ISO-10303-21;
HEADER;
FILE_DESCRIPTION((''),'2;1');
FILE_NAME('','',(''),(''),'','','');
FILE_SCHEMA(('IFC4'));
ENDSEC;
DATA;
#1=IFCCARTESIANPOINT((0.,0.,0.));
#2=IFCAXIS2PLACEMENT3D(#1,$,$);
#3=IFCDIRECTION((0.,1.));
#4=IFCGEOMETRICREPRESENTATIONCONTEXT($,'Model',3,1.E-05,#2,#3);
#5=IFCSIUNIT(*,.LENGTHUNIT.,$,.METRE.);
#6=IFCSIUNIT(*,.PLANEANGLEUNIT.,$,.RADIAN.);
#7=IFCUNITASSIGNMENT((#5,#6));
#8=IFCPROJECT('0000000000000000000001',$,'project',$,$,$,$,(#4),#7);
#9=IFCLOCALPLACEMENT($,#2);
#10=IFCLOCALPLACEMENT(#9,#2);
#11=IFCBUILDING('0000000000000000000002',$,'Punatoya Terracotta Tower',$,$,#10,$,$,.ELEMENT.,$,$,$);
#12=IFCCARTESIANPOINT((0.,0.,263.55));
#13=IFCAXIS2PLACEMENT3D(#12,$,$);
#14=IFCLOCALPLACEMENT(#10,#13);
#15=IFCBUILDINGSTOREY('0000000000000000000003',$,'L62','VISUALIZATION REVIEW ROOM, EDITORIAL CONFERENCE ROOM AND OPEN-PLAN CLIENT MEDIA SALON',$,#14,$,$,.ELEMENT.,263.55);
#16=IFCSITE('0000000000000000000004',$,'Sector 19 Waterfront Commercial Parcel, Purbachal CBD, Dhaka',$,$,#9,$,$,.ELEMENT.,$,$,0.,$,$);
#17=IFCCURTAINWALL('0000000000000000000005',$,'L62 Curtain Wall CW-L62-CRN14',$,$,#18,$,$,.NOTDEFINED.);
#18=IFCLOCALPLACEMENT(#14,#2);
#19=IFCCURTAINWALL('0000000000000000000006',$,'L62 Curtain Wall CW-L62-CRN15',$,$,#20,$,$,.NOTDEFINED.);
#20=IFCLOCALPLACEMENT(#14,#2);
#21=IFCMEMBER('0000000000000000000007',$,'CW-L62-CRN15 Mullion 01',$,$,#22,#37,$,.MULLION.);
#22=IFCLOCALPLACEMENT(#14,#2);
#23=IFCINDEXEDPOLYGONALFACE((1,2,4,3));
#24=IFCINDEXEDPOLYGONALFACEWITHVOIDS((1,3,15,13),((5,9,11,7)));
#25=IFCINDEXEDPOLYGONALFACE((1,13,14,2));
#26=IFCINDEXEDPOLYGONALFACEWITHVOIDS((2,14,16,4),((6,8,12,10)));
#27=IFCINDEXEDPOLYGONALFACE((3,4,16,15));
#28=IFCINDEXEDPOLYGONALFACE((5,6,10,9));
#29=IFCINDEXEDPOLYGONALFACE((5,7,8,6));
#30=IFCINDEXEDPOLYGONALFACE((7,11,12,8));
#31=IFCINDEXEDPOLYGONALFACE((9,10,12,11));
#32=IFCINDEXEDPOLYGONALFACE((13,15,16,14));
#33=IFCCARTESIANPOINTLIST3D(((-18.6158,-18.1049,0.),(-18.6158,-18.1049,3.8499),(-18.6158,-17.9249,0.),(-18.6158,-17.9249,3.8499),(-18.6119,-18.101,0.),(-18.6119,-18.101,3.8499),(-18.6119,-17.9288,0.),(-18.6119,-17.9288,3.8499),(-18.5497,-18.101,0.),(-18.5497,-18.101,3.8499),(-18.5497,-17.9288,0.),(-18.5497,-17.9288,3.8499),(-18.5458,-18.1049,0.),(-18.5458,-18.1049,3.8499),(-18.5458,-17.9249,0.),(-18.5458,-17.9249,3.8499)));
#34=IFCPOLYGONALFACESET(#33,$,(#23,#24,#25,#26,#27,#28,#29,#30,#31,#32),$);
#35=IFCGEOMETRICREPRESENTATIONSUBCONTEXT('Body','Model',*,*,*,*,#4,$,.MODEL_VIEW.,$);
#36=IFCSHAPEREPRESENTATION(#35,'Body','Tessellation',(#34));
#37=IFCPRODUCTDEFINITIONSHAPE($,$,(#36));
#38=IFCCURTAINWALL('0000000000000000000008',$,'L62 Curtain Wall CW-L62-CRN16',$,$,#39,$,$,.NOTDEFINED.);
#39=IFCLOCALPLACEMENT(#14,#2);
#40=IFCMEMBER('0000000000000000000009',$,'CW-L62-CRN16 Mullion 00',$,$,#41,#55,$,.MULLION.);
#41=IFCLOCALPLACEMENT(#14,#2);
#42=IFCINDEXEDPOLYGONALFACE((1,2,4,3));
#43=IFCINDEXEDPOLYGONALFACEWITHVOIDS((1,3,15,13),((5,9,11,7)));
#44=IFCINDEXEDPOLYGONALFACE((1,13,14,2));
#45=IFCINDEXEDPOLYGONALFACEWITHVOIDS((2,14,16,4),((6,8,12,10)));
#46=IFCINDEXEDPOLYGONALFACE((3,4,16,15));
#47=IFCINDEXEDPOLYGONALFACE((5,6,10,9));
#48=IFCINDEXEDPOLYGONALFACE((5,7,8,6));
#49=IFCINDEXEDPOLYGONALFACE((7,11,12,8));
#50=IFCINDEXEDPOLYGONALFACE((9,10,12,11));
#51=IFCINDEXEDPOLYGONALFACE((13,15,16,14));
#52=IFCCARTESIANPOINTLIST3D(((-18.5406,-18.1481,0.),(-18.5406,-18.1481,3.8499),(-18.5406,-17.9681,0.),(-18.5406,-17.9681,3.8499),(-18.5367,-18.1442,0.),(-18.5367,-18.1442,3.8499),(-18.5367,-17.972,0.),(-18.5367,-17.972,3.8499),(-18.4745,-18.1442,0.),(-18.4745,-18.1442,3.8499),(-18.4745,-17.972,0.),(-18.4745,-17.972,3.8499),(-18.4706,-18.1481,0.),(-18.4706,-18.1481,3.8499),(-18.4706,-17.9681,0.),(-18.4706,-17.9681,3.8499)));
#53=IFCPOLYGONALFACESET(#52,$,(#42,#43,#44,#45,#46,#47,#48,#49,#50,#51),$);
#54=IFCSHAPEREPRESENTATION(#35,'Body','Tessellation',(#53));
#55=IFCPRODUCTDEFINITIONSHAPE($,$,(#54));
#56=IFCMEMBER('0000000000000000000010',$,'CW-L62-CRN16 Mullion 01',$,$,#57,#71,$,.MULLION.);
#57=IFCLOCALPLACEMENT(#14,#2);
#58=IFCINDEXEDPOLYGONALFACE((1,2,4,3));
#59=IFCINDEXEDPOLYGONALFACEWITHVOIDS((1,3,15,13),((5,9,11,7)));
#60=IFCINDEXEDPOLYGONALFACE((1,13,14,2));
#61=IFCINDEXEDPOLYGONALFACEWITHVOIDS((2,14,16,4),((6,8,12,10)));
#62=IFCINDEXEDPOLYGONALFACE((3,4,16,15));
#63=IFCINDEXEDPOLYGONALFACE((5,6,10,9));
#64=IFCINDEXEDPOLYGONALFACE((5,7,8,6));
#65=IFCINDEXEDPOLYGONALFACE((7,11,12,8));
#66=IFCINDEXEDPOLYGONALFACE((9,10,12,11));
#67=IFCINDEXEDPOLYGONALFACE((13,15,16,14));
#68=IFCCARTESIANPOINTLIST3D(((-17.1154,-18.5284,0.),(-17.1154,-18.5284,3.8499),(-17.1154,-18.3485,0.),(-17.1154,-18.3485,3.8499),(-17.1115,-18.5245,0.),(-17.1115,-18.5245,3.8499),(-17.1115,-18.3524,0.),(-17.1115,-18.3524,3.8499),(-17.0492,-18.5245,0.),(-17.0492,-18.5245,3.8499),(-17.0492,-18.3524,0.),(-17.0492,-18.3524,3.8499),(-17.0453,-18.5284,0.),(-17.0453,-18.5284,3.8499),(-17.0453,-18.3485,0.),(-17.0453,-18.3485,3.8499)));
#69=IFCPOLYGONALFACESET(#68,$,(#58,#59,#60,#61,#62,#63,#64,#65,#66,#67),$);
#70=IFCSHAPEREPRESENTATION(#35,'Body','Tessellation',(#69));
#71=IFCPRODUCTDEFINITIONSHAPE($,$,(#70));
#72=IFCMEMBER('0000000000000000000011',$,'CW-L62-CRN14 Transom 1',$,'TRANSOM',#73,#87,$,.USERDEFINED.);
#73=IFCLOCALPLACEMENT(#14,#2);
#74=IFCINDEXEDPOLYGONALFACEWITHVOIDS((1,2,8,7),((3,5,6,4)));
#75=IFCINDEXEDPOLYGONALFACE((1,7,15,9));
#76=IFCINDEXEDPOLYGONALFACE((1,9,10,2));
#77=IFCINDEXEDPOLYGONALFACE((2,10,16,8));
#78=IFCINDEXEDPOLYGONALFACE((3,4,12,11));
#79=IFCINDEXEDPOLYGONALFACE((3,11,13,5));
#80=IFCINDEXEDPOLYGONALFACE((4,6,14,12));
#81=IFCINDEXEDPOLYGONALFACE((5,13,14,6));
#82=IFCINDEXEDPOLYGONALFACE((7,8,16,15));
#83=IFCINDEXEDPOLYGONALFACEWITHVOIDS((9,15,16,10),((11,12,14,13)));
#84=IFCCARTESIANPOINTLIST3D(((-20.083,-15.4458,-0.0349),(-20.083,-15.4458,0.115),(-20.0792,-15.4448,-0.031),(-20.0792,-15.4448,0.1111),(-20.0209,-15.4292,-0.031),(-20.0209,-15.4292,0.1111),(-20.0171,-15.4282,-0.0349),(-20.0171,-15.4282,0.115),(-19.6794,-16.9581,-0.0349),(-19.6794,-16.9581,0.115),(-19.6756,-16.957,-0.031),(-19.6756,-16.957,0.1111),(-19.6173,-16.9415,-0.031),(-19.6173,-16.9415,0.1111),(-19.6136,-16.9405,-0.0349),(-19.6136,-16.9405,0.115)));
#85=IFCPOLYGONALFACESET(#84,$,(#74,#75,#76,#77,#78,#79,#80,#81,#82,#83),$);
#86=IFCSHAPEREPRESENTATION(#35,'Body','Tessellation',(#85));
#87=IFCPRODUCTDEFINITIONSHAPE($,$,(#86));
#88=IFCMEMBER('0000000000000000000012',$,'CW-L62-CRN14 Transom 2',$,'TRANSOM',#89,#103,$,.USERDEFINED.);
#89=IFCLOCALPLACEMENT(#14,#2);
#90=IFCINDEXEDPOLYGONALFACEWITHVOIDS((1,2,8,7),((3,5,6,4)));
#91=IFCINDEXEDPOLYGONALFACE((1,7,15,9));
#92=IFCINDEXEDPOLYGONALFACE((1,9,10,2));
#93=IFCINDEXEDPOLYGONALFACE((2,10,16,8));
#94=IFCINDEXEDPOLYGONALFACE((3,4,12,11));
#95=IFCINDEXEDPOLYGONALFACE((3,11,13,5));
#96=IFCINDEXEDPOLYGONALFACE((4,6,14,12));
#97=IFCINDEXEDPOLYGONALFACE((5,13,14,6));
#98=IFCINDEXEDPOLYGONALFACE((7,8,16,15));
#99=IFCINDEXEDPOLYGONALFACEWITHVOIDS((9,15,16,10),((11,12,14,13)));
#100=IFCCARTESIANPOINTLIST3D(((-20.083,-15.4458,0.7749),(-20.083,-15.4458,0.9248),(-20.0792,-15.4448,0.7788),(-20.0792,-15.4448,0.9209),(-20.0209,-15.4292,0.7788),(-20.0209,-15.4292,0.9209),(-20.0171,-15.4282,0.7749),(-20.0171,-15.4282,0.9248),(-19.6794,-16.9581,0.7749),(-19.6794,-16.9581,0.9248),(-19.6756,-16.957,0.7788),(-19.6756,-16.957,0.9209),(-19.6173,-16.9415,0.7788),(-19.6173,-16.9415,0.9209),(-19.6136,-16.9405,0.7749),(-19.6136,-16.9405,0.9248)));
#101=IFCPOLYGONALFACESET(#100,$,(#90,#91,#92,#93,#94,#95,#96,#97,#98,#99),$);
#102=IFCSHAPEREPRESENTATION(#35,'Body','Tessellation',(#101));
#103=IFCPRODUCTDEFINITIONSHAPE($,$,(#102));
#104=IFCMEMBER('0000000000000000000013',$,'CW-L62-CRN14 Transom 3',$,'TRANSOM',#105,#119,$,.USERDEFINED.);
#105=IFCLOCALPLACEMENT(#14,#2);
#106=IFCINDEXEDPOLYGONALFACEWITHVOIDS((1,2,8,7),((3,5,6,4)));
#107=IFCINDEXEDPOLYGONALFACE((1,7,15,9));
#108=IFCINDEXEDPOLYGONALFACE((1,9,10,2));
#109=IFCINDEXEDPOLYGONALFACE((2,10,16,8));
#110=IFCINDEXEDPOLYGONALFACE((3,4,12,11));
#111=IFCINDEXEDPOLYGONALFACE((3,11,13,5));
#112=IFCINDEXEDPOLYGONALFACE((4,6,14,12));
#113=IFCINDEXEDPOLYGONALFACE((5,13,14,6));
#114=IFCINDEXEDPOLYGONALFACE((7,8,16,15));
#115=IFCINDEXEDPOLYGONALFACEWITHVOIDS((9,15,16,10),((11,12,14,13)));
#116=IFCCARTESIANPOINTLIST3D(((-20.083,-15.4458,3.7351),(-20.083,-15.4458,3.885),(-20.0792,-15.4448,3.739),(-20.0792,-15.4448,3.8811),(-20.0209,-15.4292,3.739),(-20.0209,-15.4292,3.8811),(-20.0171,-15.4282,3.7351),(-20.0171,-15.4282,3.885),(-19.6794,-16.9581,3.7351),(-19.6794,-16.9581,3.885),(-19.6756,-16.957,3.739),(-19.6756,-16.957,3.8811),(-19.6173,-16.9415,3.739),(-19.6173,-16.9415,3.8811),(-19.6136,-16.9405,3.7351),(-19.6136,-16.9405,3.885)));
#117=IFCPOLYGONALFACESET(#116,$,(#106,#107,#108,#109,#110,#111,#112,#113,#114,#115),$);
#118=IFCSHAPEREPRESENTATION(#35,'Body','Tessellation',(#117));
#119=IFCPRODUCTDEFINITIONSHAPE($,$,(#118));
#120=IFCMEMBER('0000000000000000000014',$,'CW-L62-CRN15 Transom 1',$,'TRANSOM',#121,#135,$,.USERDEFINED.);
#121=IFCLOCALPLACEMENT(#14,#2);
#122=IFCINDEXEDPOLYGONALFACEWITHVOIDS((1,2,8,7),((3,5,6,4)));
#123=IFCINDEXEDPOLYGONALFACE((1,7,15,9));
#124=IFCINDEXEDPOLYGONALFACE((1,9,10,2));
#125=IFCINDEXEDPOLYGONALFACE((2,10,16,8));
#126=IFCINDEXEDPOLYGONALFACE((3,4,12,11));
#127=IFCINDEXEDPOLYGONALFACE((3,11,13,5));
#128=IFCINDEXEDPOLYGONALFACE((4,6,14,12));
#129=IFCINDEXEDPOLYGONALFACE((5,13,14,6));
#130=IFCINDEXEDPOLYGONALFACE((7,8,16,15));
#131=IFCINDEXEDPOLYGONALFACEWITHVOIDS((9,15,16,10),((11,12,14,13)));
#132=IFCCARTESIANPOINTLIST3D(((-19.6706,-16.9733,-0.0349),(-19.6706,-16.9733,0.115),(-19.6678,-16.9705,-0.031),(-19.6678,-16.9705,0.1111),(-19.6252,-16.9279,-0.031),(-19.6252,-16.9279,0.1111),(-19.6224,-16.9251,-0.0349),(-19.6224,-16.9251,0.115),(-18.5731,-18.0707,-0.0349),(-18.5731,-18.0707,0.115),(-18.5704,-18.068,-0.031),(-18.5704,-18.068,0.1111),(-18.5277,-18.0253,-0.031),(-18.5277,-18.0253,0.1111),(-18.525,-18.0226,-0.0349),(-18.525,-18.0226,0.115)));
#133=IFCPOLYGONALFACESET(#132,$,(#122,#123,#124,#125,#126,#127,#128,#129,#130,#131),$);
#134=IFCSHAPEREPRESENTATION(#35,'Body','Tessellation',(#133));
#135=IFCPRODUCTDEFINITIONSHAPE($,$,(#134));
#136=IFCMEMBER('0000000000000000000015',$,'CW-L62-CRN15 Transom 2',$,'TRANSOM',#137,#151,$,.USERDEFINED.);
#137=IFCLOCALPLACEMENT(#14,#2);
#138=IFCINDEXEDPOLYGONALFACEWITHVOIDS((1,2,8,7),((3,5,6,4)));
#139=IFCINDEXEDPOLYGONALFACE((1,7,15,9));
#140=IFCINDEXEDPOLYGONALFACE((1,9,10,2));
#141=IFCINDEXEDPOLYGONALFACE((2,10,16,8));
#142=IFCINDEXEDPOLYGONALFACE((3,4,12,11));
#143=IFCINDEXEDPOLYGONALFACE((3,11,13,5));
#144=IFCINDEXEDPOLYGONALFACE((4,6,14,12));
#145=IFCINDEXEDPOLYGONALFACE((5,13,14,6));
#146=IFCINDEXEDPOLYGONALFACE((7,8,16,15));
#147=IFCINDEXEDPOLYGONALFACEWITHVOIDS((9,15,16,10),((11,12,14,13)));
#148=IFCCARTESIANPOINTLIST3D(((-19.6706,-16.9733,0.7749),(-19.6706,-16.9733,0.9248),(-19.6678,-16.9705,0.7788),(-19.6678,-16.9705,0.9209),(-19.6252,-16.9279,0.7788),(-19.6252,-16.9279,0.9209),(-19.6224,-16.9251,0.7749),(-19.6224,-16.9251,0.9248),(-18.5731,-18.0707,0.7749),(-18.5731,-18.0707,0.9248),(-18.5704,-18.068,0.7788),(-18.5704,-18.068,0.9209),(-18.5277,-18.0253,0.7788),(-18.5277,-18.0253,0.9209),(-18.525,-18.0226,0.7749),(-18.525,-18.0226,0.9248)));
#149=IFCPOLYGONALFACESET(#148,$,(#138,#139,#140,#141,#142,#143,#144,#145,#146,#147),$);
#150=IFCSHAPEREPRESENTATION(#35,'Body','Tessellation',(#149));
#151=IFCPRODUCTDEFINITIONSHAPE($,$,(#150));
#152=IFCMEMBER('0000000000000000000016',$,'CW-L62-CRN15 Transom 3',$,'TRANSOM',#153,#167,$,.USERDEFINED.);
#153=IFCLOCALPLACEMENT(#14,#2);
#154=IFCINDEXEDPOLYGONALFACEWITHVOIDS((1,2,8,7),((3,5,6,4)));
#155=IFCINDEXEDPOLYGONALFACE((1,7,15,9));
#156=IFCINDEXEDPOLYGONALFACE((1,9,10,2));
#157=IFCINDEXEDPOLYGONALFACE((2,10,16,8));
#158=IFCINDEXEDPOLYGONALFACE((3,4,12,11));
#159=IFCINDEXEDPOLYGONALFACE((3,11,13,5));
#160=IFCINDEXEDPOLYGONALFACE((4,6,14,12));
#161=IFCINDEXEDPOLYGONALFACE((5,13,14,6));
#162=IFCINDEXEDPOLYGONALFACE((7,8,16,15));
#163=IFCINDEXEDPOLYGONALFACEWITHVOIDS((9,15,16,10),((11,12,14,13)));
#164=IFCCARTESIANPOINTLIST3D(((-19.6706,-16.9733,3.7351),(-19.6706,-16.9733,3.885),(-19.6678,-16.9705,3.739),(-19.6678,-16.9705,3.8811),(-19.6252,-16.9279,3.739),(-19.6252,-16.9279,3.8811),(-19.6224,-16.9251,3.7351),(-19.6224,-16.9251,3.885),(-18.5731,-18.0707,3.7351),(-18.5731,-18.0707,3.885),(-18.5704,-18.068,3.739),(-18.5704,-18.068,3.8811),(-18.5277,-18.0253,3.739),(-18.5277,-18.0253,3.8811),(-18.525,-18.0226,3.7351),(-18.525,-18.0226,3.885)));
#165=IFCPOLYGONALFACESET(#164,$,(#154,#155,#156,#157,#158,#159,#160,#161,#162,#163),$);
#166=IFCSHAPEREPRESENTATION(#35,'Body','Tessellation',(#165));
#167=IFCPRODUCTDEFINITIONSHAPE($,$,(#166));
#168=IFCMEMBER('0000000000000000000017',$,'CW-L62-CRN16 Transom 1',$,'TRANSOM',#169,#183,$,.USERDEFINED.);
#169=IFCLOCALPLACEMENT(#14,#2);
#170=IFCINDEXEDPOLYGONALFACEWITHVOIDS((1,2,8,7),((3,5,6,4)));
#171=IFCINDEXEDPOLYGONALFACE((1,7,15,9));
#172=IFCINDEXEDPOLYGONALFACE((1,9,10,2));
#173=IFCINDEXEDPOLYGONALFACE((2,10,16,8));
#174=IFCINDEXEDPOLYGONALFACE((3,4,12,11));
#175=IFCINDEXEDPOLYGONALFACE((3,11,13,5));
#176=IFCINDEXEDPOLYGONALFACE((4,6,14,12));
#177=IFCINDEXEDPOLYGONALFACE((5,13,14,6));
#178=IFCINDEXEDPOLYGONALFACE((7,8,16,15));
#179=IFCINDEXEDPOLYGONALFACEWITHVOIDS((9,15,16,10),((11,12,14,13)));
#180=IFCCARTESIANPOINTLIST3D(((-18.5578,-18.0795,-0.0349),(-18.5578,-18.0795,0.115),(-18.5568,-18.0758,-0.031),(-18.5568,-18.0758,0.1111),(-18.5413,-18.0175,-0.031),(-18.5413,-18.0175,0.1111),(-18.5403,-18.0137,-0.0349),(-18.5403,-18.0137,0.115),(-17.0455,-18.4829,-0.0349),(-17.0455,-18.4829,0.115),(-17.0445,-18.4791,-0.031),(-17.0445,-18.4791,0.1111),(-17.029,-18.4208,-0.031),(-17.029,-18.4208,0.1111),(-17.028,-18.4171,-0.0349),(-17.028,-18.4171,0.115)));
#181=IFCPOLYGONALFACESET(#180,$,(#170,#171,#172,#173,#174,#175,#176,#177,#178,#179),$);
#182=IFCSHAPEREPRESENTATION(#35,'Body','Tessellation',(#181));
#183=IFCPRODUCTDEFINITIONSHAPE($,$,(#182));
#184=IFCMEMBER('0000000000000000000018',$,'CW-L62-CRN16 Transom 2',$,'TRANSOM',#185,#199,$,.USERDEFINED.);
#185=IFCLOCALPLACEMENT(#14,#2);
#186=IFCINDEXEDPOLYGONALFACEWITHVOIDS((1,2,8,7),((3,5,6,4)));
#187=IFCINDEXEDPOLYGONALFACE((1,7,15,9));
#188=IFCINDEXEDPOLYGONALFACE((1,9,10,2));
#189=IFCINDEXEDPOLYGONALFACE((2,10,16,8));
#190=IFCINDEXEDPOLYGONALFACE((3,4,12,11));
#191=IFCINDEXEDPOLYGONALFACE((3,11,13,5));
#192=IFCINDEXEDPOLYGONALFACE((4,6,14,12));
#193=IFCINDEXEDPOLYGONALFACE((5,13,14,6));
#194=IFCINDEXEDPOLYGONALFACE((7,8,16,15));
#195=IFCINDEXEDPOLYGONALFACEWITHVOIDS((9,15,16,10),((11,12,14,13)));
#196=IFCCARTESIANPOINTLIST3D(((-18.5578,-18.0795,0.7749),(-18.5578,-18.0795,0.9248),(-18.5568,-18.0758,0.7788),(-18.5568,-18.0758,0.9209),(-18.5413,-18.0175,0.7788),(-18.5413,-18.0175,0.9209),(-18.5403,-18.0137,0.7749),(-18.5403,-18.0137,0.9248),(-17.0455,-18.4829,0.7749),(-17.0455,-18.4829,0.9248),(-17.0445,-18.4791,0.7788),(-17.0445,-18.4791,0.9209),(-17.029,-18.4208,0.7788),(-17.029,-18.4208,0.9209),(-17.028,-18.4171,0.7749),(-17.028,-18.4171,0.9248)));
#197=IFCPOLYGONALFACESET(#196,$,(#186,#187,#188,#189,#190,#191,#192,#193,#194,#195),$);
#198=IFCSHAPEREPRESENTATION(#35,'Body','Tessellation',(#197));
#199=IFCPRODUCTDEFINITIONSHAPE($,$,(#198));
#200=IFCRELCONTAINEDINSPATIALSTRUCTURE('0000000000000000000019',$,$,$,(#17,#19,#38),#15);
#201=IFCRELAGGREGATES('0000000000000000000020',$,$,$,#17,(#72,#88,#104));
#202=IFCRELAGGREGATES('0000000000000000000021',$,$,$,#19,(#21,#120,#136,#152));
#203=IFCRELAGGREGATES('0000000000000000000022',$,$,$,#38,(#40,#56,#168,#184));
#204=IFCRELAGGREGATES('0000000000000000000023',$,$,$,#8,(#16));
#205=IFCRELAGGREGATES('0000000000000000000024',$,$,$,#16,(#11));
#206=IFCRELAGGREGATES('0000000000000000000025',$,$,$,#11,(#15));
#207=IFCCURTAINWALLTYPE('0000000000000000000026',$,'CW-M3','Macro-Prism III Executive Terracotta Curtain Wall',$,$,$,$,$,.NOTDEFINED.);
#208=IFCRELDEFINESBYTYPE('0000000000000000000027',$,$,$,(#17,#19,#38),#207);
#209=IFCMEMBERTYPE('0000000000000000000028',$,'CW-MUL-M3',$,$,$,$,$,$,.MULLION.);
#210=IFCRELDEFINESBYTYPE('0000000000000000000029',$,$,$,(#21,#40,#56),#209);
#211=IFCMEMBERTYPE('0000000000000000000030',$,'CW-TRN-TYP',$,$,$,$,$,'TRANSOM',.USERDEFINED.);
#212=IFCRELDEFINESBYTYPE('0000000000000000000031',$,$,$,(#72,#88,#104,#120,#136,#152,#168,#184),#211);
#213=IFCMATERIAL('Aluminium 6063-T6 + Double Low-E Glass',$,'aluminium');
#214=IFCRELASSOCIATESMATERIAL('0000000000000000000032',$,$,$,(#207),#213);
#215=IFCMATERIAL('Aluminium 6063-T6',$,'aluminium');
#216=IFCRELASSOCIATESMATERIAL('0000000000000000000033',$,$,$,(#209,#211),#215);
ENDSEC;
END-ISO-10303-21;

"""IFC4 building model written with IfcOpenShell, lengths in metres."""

from ifc_helpers import new_model, si_unit, direction, frame, origin, origin_2d, place, context, subcontext, project, spatial, hollow_rectangle, extrude, material, material_profile, profile_set, type_object, element, aggregate, save


model = new_model("IFC4")

# Units and contexts
model_context = context("Model", 3, precision=1e-05, world=origin(), true_north=direction((0.0, 1.0)))
body_context = subcontext(model_context, "Body", "Model", "MODEL_VIEW")
ifc_project = project(units=[si_unit("LENGTHUNIT", "METRE"), si_unit("PLANEANGLEUNIT", "RADIAN")], contexts=[model_context])

# Site, building, storey
site_placement = place(None, origin())
site = spatial("IfcSite", under=ifc_project, at=site_placement, Name="Sector 19 Waterfront Commercial Parcel, Purbachal CBD, Dhaka", CompositionType="ELEMENT", RefElevation=0.0)
building_placement = place(site_placement, origin())
building = spatial("IfcBuilding", under=site, at=building_placement, Name="Punatoya Terracotta Tower", CompositionType="ELEMENT")
storey_placement = place(building_placement, frame((0.0, 0.0, 263.55)))
storey = spatial("IfcBuildingStorey", under=building, at=storey_placement, Name="L62", Description="VISUALIZATION REVIEW ROOM, EDITORIAL CONFERENCE ROOM AND OPEN-PLAN CLIENT MEDIA SALON", CompositionType="ELEMENT", Elevation=263.55)

# Shared definitions
ifc_material_1 = material(Name="Aluminium 6063-T6 + Double Low-E Glass", Category="aluminium")
curtain_wall_type = type_object("IfcCurtainWallType", Name="CW-M3", Description="Macro-Prism III Executive Terracotta Curtain Wall", PredefinedType="NOTDEFINED", material=ifc_material_1)
ifc_material_2 = material(Name="Aluminium 6063-T6", Category="aluminium")
ifc_material_profile_1 = material_profile(ifc_material_2, hollow_rectangle(XDim=0.0701, YDim=0.1799, WallThickness=0.0039, at=origin_2d()))
ifc_profile_set_1 = profile_set([ifc_material_profile_1], Name="Aluminium 6063-T6")
member_type_1 = type_object("IfcMemberType", Name="CW-MUL-M3", PredefinedType="MULLION", material=ifc_profile_set_1)

# Curtain walls, members
curtain_wall_1_placement = place(storey_placement, origin())
curtain_wall_1 = element("IfcCurtainWall", 1, at=curtain_wall_1_placement, inside=storey, type_object=curtain_wall_type, Name="L62 Curtain Wall CW-L62-CRN14", PredefinedType="NOTDEFINED")
curtain_wall_2_placement = place(storey_placement, origin())
curtain_wall_2 = element("IfcCurtainWall", 2, at=curtain_wall_2_placement, inside=storey, type_object=curtain_wall_type, Name="L62 Curtain Wall CW-L62-CRN15", PredefinedType="NOTDEFINED")
member_1_placement = place(storey_placement, frame((-18.5808, -18.0149, 0.0), z_axis=(0.0, 0.0, 1.0), x_axis=(1.0, 0.0, 0.0)))
member_1 = element("IfcMember", 3, at=member_1_placement, type_object=member_type_1, Name="CW-L62-CRN15 Mullion 01", PredefinedType="MULLION", context=body_context, shape_type="SweptSolid", body=[
    extrude(hollow_rectangle(XDim=0.0701, YDim=0.1799, WallThickness=0.0039, at=origin_2d()), origin(), (0.0, 0.0, 1.0), 3.8499),
])
curtain_wall_3_placement = place(storey_placement, origin())
curtain_wall_3 = element("IfcCurtainWall", 4, at=curtain_wall_3_placement, inside=storey, type_object=curtain_wall_type, Name="L62 Curtain Wall CW-L62-CRN16", PredefinedType="NOTDEFINED")
member_2_placement = place(storey_placement, frame((-18.5056, -18.0581, 0.0), z_axis=(0.0, 0.0, 1.0), x_axis=(1.0, 0.0, 0.0)))
member_2 = element("IfcMember", 5, at=member_2_placement, type_object=member_type_1, Name="CW-L62-CRN16 Mullion 00", PredefinedType="MULLION", context=body_context, shape_type="SweptSolid", body=[
    extrude(hollow_rectangle(XDim=0.0701, YDim=0.1799, WallThickness=0.0039, at=origin_2d()), origin(), (0.0, 0.0, 1.0), 3.8499),
])
member_3_placement = place(storey_placement, frame((-17.0803, -18.4385, 0.0), z_axis=(0.0, 0.0, 1.0), x_axis=(1.0, 0.0, 0.0)))
member_3 = element("IfcMember", 6, at=member_3_placement, type_object=member_type_1, Name="CW-L62-CRN16 Mullion 01", PredefinedType="MULLION", context=body_context, shape_type="SweptSolid", body=[
    extrude(hollow_rectangle(XDim=0.0701, YDim=0.1799, WallThickness=0.0039, at=origin_2d()), origin(), (0.0, 0.0, 1.0), 3.8499),
])

# Members
ifc_material_profile_2 = material_profile(ifc_material_2, hollow_rectangle(XDim=0.0681, YDim=0.1499, WallThickness=0.0039, at=origin_2d()))
ifc_profile_set_2 = profile_set([ifc_material_profile_2], Name="Aluminium 6063-T6")
member_type_2 = type_object("IfcMemberType", Name="CW-TRN-TYP", ElementType="TRANSOM", PredefinedType="USERDEFINED", material=ifc_profile_set_2)
member_4_placement = place(storey_placement, frame((-20.05, -15.437, 0.04), z_axis=(0.257847, -0.966186, 0.0), x_axis=(0.966186, 0.257847, 0.0)))
member_4 = element("IfcMember", 7, at=member_4_placement, type_object=member_type_2, Name="CW-L62-CRN14 Transom 1", ObjectType="TRANSOM", PredefinedType="USERDEFINED", context=body_context, shape_type="SweptSolid", body=[
    extrude(hollow_rectangle(XDim=0.0681, YDim=0.1499, WallThickness=0.0039, at=origin_2d()), origin(), (0.0, 0.0, 1.0), 1.5652),
])
member_5_placement = place(storey_placement, frame((-20.05, -15.437, 0.8499), z_axis=(0.257847, -0.966186, 0.0), x_axis=(0.966186, 0.257847, 0.0)))
member_5 = element("IfcMember", 8, at=member_5_placement, type_object=member_type_2, Name="CW-L62-CRN14 Transom 2", ObjectType="TRANSOM", PredefinedType="USERDEFINED", context=body_context, shape_type="SweptSolid", body=[
    extrude(hollow_rectangle(XDim=0.0681, YDim=0.1499, WallThickness=0.0039, at=origin_2d()), origin(), (0.0, 0.0, 1.0), 1.5652),
])
member_6_placement = place(storey_placement, frame((-20.05, -15.437, 3.8101), z_axis=(0.257847, -0.966186, 0.0), x_axis=(0.966186, 0.257847, 0.0)))
member_6 = element("IfcMember", 9, at=member_6_placement, type_object=member_type_2, Name="CW-L62-CRN14 Transom 3", ObjectType="TRANSOM", PredefinedType="USERDEFINED", context=body_context, shape_type="SweptSolid", body=[
    extrude(hollow_rectangle(XDim=0.0681, YDim=0.1499, WallThickness=0.0039, at=origin_2d()), origin(), (0.0, 0.0, 1.0), 1.5652),
])
member_7_placement = place(storey_placement, frame((-19.6465, -16.9492, 0.04), z_axis=(0.707107, -0.707107, 0.0), x_axis=(0.707107, 0.707107, 0.0)))
member_7 = element("IfcMember", 10, at=member_7_placement, type_object=member_type_2, Name="CW-L62-CRN15 Transom 1", ObjectType="TRANSOM", PredefinedType="USERDEFINED", context=body_context, shape_type="SweptSolid", body=[
    extrude(hollow_rectangle(XDim=0.0681, YDim=0.1499, WallThickness=0.0039, at=origin_2d()), origin(), (0.0, 0.0, 1.0), 1.552),
])
member_8_placement = place(storey_placement, frame((-19.6465, -16.9492, 0.8499), z_axis=(0.707107, -0.707107, 0.0), x_axis=(0.707107, 0.707107, 0.0)))
member_8 = element("IfcMember", 11, at=member_8_placement, type_object=member_type_2, Name="CW-L62-CRN15 Transom 2", ObjectType="TRANSOM", PredefinedType="USERDEFINED", context=body_context, shape_type="SweptSolid", body=[
    extrude(hollow_rectangle(XDim=0.0681, YDim=0.1499, WallThickness=0.0039, at=origin_2d()), origin(), (0.0, 0.0, 1.0), 1.552),
])
member_9_placement = place(storey_placement, frame((-19.6465, -16.9492, 3.8101), z_axis=(0.707107, -0.707107, 0.0), x_axis=(0.707107, 0.707107, 0.0)))
member_9 = element("IfcMember", 12, at=member_9_placement, type_object=member_type_2, Name="CW-L62-CRN15 Transom 3", ObjectType="TRANSOM", PredefinedType="USERDEFINED", context=body_context, shape_type="SweptSolid", body=[
    extrude(hollow_rectangle(XDim=0.0681, YDim=0.1499, WallThickness=0.0039, at=origin_2d()), origin(), (0.0, 0.0, 1.0), 1.552),
])
member_10_placement = place(storey_placement, frame((-18.5491, -18.0466, 0.04), z_axis=(0.966225, -0.257701, 0.0), x_axis=(0.257701, 0.966225, 0.0)))
member_10 = element("IfcMember", 13, at=member_10_placement, type_object=member_type_2, Name="CW-L62-CRN16 Transom 1", ObjectType="TRANSOM", PredefinedType="USERDEFINED", context=body_context, shape_type="SweptSolid", body=[
    extrude(hollow_rectangle(XDim=0.0681, YDim=0.1499, WallThickness=0.0039, at=origin_2d()), origin(), (0.0, 0.0, 1.0), 1.5652),
])
member_11_placement = place(storey_placement, frame((-18.5491, -18.0466, 0.8499), z_axis=(0.966225, -0.257701, 0.0), x_axis=(0.257701, 0.966225, 0.0)))
member_11 = element("IfcMember", 14, at=member_11_placement, type_object=member_type_2, Name="CW-L62-CRN16 Transom 2", ObjectType="TRANSOM", PredefinedType="USERDEFINED", context=body_context, shape_type="SweptSolid", body=[
    extrude(hollow_rectangle(XDim=0.0681, YDim=0.1499, WallThickness=0.0039, at=origin_2d()), origin(), (0.0, 0.0, 1.0), 1.5652),
])

aggregate(curtain_wall_1, [member_4, member_5, member_6])
aggregate(curtain_wall_2, [member_1, member_7, member_8, member_9])
aggregate(curtain_wall_3, [member_2, member_3, member_10, member_11])

save(model, "model.ifc")
